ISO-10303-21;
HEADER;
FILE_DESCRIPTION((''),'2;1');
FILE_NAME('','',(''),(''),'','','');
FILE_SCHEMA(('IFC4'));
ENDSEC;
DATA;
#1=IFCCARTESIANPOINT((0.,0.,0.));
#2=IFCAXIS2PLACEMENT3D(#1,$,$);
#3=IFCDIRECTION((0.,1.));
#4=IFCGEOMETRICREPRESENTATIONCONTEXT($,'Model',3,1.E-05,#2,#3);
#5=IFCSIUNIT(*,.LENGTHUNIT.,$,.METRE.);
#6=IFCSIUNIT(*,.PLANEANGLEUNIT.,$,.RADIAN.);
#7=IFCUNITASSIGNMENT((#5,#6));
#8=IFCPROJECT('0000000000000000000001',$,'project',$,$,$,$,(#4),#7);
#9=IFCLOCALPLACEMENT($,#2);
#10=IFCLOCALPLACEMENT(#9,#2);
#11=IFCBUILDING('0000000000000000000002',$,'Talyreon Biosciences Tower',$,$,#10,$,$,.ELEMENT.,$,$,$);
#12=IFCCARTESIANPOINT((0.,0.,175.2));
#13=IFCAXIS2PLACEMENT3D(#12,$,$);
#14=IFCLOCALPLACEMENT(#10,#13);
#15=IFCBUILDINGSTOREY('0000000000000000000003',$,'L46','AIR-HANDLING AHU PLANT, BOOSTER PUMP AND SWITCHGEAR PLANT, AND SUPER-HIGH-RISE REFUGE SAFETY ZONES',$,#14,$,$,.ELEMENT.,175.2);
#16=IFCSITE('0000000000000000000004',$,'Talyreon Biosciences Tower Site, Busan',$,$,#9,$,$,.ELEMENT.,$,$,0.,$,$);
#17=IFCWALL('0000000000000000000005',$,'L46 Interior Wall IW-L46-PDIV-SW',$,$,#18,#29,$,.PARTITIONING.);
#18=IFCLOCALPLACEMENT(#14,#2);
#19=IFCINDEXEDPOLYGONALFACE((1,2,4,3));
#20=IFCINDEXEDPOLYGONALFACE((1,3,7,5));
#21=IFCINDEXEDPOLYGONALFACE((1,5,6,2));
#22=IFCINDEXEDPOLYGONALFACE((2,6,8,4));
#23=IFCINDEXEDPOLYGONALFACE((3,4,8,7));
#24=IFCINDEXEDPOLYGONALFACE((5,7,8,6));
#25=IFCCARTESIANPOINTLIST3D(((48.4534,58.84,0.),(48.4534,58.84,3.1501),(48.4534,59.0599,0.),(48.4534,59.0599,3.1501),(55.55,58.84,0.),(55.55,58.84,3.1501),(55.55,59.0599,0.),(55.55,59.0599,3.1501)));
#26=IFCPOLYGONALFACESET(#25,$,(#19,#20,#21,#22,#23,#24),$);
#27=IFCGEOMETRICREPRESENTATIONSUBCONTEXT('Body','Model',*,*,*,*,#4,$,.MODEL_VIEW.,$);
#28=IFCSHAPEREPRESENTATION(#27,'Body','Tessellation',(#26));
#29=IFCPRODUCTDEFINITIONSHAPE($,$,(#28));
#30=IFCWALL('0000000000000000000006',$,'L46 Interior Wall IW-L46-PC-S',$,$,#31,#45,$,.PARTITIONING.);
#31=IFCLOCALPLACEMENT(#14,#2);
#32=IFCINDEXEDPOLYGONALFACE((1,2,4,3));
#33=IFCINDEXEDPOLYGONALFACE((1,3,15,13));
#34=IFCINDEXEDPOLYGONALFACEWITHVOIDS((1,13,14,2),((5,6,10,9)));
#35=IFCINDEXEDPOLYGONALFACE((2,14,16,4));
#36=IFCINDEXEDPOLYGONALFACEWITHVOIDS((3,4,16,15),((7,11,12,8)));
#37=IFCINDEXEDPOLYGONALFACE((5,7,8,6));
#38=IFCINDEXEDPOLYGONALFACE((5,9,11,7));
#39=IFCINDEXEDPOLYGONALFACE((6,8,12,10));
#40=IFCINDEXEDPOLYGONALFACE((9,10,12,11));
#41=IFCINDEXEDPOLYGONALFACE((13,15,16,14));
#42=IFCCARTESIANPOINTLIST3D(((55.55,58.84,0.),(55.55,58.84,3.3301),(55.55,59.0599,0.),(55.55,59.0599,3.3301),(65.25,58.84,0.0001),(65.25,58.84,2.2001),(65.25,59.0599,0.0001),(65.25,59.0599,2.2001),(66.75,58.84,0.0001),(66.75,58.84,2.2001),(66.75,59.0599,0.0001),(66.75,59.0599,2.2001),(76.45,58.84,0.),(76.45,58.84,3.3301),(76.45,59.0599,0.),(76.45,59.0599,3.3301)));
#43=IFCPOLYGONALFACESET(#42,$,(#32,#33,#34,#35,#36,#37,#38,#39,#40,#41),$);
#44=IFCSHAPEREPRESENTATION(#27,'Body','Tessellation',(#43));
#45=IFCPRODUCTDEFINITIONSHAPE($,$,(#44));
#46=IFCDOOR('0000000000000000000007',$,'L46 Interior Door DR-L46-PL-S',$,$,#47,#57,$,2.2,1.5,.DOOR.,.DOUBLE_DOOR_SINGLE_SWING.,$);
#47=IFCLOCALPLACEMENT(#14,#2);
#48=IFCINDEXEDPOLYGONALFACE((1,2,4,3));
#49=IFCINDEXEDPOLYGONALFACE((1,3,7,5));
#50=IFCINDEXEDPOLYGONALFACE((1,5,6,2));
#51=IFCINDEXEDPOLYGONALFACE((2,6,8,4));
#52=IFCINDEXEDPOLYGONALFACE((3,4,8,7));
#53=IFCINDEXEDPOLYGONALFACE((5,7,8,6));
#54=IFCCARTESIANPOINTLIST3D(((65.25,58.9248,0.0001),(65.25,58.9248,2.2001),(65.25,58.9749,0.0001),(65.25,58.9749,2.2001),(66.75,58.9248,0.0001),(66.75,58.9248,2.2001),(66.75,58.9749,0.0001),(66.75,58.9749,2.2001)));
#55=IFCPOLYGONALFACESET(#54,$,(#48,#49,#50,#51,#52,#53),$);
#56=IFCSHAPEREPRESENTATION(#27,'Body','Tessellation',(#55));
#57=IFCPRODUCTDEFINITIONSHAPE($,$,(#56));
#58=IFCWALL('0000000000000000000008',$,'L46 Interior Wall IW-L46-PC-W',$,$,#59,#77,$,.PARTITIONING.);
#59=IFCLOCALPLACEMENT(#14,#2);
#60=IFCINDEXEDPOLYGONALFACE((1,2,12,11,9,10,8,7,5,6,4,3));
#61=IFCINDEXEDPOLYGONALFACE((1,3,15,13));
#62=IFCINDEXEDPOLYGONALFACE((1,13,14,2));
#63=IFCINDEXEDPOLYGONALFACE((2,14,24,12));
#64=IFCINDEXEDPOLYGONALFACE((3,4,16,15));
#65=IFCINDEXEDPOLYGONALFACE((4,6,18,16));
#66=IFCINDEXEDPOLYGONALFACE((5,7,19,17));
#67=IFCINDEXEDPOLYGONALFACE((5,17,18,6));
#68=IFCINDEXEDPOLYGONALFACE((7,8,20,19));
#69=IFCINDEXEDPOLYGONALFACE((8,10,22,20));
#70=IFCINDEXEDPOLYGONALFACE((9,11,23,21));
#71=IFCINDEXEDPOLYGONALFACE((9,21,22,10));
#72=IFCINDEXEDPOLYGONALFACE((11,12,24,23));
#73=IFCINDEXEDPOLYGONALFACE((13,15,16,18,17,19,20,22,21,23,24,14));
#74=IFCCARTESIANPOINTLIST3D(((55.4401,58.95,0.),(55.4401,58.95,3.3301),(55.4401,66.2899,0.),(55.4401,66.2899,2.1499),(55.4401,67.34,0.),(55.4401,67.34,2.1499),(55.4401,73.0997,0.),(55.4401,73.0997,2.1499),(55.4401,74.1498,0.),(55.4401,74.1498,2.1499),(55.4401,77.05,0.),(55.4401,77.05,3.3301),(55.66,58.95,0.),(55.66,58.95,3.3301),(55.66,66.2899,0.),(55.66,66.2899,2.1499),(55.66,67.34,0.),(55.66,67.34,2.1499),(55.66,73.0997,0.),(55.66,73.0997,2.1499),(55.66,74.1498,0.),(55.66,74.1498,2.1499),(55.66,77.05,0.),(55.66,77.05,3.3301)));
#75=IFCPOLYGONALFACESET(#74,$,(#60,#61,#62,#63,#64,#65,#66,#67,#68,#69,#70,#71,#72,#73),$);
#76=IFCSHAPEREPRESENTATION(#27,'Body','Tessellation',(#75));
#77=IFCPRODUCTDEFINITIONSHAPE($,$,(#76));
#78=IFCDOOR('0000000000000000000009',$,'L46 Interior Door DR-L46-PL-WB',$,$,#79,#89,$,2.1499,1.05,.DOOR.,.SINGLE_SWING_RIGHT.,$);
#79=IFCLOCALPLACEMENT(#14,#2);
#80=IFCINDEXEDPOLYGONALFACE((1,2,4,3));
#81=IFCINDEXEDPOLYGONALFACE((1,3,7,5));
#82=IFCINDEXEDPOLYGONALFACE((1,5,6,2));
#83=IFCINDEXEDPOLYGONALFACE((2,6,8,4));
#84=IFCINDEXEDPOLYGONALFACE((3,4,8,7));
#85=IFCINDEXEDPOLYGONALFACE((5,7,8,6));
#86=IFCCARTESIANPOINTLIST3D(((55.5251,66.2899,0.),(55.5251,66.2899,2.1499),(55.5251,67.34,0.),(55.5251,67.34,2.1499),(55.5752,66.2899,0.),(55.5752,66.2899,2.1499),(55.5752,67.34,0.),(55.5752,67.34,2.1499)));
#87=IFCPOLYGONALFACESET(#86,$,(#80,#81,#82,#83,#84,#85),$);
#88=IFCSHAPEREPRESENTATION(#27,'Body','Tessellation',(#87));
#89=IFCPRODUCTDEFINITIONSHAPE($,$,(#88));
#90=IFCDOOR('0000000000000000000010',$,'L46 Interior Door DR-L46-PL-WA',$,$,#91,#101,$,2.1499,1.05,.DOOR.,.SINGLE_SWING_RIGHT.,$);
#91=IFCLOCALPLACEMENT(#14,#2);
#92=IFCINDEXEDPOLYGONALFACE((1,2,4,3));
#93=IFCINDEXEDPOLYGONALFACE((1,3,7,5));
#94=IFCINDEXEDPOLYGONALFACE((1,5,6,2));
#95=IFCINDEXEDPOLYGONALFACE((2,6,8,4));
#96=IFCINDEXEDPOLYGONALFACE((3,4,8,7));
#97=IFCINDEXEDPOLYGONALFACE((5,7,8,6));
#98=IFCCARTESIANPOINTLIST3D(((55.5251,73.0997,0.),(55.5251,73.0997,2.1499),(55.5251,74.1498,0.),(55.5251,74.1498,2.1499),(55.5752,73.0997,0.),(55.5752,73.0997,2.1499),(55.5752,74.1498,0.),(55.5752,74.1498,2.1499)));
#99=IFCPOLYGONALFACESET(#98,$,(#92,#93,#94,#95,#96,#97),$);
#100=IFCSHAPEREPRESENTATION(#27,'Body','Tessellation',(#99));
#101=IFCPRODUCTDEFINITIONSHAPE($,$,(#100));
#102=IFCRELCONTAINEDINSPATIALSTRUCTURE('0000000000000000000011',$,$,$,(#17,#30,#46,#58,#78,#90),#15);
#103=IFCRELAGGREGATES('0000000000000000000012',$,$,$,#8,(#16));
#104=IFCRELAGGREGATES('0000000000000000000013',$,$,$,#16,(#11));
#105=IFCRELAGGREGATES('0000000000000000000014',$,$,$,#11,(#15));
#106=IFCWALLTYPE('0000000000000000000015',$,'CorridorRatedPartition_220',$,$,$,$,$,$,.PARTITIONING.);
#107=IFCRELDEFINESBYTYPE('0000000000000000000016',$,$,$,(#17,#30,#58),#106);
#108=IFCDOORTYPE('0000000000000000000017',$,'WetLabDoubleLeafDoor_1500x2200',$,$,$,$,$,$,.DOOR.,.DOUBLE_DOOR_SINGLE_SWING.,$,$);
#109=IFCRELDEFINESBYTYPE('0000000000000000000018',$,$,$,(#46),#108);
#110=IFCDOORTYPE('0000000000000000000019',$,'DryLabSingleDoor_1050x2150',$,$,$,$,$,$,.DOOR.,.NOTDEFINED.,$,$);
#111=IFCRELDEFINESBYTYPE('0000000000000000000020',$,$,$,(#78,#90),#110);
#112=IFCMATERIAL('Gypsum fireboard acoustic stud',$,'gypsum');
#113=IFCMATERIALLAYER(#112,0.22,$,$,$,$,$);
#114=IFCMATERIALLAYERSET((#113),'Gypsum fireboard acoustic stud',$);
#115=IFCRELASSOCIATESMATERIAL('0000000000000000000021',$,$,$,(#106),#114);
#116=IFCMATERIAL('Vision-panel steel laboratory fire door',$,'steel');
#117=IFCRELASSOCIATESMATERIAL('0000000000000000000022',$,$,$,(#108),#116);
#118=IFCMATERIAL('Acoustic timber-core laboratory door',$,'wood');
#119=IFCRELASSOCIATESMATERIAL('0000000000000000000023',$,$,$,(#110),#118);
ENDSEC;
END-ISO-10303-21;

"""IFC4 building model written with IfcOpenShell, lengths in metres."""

from ifc_helpers import new_model, si_unit, direction, frame, frame_2d, origin, place, context, subcontext, project, spatial, rectangle, extrude, material, layer, layer_set, type_object, element, fill, save


model = new_model("IFC4")

# Units and contexts
model_context = context("Model", 3, precision=1e-05, world=origin(), true_north=direction((0.0, 1.0)))
body_context = subcontext(model_context, "Body", "Model", "MODEL_VIEW")
ifc_project = project(units=[si_unit("LENGTHUNIT", "METRE"), si_unit("PLANEANGLEUNIT", "RADIAN")], contexts=[model_context])

# Site, building, storey
site_placement = place(None, origin())
site = spatial("IfcSite", under=ifc_project, at=site_placement, Name="Talyreon Biosciences Tower Site, Busan", CompositionType="ELEMENT", RefElevation=0.0)
building_placement = place(site_placement, origin())
building = spatial("IfcBuilding", under=site, at=building_placement, Name="Talyreon Biosciences Tower", CompositionType="ELEMENT")
storey_placement = place(building_placement, frame((0.0, 0.0, 175.2)))
storey = spatial("IfcBuildingStorey", under=building, at=storey_placement, Name="L46", Description="AIR-HANDLING AHU PLANT, BOOSTER PUMP AND SWITCHGEAR PLANT, AND SUPER-HIGH-RISE REFUGE SAFETY ZONES", CompositionType="ELEMENT", Elevation=175.2)

# Wall
ifc_material_1 = material(Name="Gypsum fireboard acoustic stud", Category="gypsum")
ifc_layer_1 = layer(ifc_material_1, 0.22)
ifc_layer_set_1 = layer_set([ifc_layer_1], Name="Gypsum fireboard acoustic stud")
wall_type = type_object("IfcWallType", Name="CorridorRatedPartition_220", PredefinedType="PARTITIONING", material=ifc_layer_set_1)
wall_1_placement = place(storey_placement, frame((48.4534, 58.95, 0.0), z_axis=(0.0, 0.0, 1.0), x_axis=(1.0, 0.0, 0.0)))
element("IfcWall", 1, at=wall_1_placement, inside=storey, type_object=wall_type, Name="L46 Interior Wall IW-L46-PDIV-SW", PredefinedType="PARTITIONING", context=body_context, shape_type="SweptSolid", body=[
    extrude(rectangle(XDim=7.0967, YDim=0.22, at=frame_2d((3.5483, 0.0))), origin(), (0.0, 0.0, 1.0), 3.1501),
])

# Wall, opening, door
wall_2_placement = place(storey_placement, frame((55.55, 58.95, 0.0), z_axis=(0.0, 0.0, 1.0), x_axis=(1.0, 0.0, 0.0)))
wall_2 = element("IfcWall", 2, at=wall_2_placement, inside=storey, type_object=wall_type, Name="L46 Interior Wall IW-L46-PC-S", PredefinedType="PARTITIONING", context=body_context, shape_type="SweptSolid", body=[
    extrude(rectangle(XDim=20.8999, YDim=0.22, at=frame_2d((10.45, 0.0))), origin(), (0.0, 0.0, 1.0), 3.3301),
])
opening_1_placement = place(wall_2_placement, frame((9.7, 0.0, 0.0)))
opening_1 = element("IfcOpeningElement", 3, at=opening_1_placement, cuts=wall_2, PredefinedType="OPENING", context=body_context, shape_type="SweptSolid", body=[
    extrude(rectangle(XDim=1.5, YDim=2.2, at=frame_2d((0.75, 1.1001))), frame((0.0, 0.1199, 0.0), z_axis=(0.0, -1.0, 0.0), x_axis=(1.0, 0.0, 0.0)), (0.0, 0.0, 1.0), 0.24),
])
ifc_material_2 = material(Name="Vision-panel steel laboratory fire door", Category="steel")
door_type_1 = type_object("IfcDoorType", Name="WetLabDoubleLeafDoor_1500x2200", OperationType="DOUBLE_DOOR_SINGLE_SWING", PredefinedType="DOOR", material=ifc_material_2)
door_1_placement = place(opening_1_placement, origin())
door_1 = element("IfcDoor", 4, at=door_1_placement, inside=storey, type_object=door_type_1, Name="L46 Interior Door DR-L46-PL-S", OperationType="DOUBLE_DOOR_SINGLE_SWING", OverallHeight=2.2, OverallWidth=1.5, PredefinedType="DOOR", context=body_context, shape_type="SweptSolid", body=[
    extrude(rectangle(XDim=1.5, YDim=2.2, at=frame_2d((0.75, 1.1001))), frame((0.0, 0.0249, 0.0), z_axis=(0.0, -1.0, 0.0), x_axis=(1.0, 0.0, 0.0)), (0.0, 0.0, 1.0), 0.05),
])
fill(opening_1, door_1)

# Wall, openings, doors
wall_3_placement = place(storey_placement, frame((55.55, 58.95, 0.0), z_axis=(0.0, 0.0, 1.0), x_axis=(0.0, 1.0, 0.0)))
wall_3 = element("IfcWall", 5, at=wall_3_placement, inside=storey, type_object=wall_type, Name="L46 Interior Wall IW-L46-PC-W", PredefinedType="PARTITIONING", context=body_context, shape_type="SweptSolid", body=[
    extrude(rectangle(XDim=18.1001, YDim=0.22, at=frame_2d((9.05, 0.0))), origin(), (0.0, 0.0, 1.0), 3.3301),
])
opening_2_placement = place(wall_3_placement, frame((7.3401, 0.0, 0.0)))
opening_2 = element("IfcOpeningElement", 6, at=opening_2_placement, cuts=wall_3, PredefinedType="OPENING", context=body_context, shape_type="SweptSolid", body=[
    extrude(rectangle(XDim=1.05, YDim=2.1499, at=frame_2d((0.5249, 1.075))), frame((0.0, 0.1199, 0.0), z_axis=(0.0, -1.0, 0.0), x_axis=(1.0, 0.0, 0.0)), (0.0, 0.0, 1.0), 0.24),
])
opening_3_placement = place(wall_3_placement, frame((14.1499, 0.0, 0.0)))
opening_3 = element("IfcOpeningElement", 7, at=opening_3_placement, cuts=wall_3, PredefinedType="OPENING", context=body_context, shape_type="SweptSolid", body=[
    extrude(rectangle(XDim=1.05, YDim=2.1499, at=frame_2d((0.5249, 1.075))), frame((0.0, 0.1199, 0.0), z_axis=(0.0, -1.0, 0.0), x_axis=(1.0, 0.0, 0.0)), (0.0, 0.0, 1.0), 0.24),
])
ifc_material_3 = material(Name="Acoustic timber-core laboratory door", Category="wood")
door_type_2 = type_object("IfcDoorType", Name="DryLabSingleDoor_1050x2150", OperationType="NOTDEFINED", PredefinedType="DOOR", material=ifc_material_3)
door_2_placement = place(opening_2_placement, origin())
door_2 = element("IfcDoor", 8, at=door_2_placement, inside=storey, type_object=door_type_2, Name="L46 Interior Door DR-L46-PL-WB", OperationType="SINGLE_SWING_RIGHT", OverallHeight=2.1499, OverallWidth=1.05, PredefinedType="DOOR", context=body_context, shape_type="SweptSolid", body=[
    extrude(rectangle(XDim=1.05, YDim=2.1499, at=frame_2d((0.5249, 1.075))), frame((0.0, 0.0249, 0.0), z_axis=(0.0, -1.0, 0.0), x_axis=(1.0, 0.0, 0.0)), (0.0, 0.0, 1.0), 0.05),
])
fill(opening_2, door_2)
door_3_placement = place(opening_3_placement, origin())
door_3 = element("IfcDoor", 9, at=door_3_placement, inside=storey, type_object=door_type_2, Name="L46 Interior Door DR-L46-PL-WA", OperationType="SINGLE_SWING_RIGHT", OverallHeight=2.1499, OverallWidth=1.05, PredefinedType="DOOR", context=body_context, shape_type="SweptSolid", body=[
    extrude(rectangle(XDim=1.05, YDim=2.1499, at=frame_2d((0.5249, 1.075))), frame((0.0, 0.0249, 0.0), z_axis=(0.0, -1.0, 0.0), x_axis=(1.0, 0.0, 0.0)), (0.0, 0.0, 1.0), 0.05),
])
fill(opening_3, door_3)

save(model, "model.ifc")
